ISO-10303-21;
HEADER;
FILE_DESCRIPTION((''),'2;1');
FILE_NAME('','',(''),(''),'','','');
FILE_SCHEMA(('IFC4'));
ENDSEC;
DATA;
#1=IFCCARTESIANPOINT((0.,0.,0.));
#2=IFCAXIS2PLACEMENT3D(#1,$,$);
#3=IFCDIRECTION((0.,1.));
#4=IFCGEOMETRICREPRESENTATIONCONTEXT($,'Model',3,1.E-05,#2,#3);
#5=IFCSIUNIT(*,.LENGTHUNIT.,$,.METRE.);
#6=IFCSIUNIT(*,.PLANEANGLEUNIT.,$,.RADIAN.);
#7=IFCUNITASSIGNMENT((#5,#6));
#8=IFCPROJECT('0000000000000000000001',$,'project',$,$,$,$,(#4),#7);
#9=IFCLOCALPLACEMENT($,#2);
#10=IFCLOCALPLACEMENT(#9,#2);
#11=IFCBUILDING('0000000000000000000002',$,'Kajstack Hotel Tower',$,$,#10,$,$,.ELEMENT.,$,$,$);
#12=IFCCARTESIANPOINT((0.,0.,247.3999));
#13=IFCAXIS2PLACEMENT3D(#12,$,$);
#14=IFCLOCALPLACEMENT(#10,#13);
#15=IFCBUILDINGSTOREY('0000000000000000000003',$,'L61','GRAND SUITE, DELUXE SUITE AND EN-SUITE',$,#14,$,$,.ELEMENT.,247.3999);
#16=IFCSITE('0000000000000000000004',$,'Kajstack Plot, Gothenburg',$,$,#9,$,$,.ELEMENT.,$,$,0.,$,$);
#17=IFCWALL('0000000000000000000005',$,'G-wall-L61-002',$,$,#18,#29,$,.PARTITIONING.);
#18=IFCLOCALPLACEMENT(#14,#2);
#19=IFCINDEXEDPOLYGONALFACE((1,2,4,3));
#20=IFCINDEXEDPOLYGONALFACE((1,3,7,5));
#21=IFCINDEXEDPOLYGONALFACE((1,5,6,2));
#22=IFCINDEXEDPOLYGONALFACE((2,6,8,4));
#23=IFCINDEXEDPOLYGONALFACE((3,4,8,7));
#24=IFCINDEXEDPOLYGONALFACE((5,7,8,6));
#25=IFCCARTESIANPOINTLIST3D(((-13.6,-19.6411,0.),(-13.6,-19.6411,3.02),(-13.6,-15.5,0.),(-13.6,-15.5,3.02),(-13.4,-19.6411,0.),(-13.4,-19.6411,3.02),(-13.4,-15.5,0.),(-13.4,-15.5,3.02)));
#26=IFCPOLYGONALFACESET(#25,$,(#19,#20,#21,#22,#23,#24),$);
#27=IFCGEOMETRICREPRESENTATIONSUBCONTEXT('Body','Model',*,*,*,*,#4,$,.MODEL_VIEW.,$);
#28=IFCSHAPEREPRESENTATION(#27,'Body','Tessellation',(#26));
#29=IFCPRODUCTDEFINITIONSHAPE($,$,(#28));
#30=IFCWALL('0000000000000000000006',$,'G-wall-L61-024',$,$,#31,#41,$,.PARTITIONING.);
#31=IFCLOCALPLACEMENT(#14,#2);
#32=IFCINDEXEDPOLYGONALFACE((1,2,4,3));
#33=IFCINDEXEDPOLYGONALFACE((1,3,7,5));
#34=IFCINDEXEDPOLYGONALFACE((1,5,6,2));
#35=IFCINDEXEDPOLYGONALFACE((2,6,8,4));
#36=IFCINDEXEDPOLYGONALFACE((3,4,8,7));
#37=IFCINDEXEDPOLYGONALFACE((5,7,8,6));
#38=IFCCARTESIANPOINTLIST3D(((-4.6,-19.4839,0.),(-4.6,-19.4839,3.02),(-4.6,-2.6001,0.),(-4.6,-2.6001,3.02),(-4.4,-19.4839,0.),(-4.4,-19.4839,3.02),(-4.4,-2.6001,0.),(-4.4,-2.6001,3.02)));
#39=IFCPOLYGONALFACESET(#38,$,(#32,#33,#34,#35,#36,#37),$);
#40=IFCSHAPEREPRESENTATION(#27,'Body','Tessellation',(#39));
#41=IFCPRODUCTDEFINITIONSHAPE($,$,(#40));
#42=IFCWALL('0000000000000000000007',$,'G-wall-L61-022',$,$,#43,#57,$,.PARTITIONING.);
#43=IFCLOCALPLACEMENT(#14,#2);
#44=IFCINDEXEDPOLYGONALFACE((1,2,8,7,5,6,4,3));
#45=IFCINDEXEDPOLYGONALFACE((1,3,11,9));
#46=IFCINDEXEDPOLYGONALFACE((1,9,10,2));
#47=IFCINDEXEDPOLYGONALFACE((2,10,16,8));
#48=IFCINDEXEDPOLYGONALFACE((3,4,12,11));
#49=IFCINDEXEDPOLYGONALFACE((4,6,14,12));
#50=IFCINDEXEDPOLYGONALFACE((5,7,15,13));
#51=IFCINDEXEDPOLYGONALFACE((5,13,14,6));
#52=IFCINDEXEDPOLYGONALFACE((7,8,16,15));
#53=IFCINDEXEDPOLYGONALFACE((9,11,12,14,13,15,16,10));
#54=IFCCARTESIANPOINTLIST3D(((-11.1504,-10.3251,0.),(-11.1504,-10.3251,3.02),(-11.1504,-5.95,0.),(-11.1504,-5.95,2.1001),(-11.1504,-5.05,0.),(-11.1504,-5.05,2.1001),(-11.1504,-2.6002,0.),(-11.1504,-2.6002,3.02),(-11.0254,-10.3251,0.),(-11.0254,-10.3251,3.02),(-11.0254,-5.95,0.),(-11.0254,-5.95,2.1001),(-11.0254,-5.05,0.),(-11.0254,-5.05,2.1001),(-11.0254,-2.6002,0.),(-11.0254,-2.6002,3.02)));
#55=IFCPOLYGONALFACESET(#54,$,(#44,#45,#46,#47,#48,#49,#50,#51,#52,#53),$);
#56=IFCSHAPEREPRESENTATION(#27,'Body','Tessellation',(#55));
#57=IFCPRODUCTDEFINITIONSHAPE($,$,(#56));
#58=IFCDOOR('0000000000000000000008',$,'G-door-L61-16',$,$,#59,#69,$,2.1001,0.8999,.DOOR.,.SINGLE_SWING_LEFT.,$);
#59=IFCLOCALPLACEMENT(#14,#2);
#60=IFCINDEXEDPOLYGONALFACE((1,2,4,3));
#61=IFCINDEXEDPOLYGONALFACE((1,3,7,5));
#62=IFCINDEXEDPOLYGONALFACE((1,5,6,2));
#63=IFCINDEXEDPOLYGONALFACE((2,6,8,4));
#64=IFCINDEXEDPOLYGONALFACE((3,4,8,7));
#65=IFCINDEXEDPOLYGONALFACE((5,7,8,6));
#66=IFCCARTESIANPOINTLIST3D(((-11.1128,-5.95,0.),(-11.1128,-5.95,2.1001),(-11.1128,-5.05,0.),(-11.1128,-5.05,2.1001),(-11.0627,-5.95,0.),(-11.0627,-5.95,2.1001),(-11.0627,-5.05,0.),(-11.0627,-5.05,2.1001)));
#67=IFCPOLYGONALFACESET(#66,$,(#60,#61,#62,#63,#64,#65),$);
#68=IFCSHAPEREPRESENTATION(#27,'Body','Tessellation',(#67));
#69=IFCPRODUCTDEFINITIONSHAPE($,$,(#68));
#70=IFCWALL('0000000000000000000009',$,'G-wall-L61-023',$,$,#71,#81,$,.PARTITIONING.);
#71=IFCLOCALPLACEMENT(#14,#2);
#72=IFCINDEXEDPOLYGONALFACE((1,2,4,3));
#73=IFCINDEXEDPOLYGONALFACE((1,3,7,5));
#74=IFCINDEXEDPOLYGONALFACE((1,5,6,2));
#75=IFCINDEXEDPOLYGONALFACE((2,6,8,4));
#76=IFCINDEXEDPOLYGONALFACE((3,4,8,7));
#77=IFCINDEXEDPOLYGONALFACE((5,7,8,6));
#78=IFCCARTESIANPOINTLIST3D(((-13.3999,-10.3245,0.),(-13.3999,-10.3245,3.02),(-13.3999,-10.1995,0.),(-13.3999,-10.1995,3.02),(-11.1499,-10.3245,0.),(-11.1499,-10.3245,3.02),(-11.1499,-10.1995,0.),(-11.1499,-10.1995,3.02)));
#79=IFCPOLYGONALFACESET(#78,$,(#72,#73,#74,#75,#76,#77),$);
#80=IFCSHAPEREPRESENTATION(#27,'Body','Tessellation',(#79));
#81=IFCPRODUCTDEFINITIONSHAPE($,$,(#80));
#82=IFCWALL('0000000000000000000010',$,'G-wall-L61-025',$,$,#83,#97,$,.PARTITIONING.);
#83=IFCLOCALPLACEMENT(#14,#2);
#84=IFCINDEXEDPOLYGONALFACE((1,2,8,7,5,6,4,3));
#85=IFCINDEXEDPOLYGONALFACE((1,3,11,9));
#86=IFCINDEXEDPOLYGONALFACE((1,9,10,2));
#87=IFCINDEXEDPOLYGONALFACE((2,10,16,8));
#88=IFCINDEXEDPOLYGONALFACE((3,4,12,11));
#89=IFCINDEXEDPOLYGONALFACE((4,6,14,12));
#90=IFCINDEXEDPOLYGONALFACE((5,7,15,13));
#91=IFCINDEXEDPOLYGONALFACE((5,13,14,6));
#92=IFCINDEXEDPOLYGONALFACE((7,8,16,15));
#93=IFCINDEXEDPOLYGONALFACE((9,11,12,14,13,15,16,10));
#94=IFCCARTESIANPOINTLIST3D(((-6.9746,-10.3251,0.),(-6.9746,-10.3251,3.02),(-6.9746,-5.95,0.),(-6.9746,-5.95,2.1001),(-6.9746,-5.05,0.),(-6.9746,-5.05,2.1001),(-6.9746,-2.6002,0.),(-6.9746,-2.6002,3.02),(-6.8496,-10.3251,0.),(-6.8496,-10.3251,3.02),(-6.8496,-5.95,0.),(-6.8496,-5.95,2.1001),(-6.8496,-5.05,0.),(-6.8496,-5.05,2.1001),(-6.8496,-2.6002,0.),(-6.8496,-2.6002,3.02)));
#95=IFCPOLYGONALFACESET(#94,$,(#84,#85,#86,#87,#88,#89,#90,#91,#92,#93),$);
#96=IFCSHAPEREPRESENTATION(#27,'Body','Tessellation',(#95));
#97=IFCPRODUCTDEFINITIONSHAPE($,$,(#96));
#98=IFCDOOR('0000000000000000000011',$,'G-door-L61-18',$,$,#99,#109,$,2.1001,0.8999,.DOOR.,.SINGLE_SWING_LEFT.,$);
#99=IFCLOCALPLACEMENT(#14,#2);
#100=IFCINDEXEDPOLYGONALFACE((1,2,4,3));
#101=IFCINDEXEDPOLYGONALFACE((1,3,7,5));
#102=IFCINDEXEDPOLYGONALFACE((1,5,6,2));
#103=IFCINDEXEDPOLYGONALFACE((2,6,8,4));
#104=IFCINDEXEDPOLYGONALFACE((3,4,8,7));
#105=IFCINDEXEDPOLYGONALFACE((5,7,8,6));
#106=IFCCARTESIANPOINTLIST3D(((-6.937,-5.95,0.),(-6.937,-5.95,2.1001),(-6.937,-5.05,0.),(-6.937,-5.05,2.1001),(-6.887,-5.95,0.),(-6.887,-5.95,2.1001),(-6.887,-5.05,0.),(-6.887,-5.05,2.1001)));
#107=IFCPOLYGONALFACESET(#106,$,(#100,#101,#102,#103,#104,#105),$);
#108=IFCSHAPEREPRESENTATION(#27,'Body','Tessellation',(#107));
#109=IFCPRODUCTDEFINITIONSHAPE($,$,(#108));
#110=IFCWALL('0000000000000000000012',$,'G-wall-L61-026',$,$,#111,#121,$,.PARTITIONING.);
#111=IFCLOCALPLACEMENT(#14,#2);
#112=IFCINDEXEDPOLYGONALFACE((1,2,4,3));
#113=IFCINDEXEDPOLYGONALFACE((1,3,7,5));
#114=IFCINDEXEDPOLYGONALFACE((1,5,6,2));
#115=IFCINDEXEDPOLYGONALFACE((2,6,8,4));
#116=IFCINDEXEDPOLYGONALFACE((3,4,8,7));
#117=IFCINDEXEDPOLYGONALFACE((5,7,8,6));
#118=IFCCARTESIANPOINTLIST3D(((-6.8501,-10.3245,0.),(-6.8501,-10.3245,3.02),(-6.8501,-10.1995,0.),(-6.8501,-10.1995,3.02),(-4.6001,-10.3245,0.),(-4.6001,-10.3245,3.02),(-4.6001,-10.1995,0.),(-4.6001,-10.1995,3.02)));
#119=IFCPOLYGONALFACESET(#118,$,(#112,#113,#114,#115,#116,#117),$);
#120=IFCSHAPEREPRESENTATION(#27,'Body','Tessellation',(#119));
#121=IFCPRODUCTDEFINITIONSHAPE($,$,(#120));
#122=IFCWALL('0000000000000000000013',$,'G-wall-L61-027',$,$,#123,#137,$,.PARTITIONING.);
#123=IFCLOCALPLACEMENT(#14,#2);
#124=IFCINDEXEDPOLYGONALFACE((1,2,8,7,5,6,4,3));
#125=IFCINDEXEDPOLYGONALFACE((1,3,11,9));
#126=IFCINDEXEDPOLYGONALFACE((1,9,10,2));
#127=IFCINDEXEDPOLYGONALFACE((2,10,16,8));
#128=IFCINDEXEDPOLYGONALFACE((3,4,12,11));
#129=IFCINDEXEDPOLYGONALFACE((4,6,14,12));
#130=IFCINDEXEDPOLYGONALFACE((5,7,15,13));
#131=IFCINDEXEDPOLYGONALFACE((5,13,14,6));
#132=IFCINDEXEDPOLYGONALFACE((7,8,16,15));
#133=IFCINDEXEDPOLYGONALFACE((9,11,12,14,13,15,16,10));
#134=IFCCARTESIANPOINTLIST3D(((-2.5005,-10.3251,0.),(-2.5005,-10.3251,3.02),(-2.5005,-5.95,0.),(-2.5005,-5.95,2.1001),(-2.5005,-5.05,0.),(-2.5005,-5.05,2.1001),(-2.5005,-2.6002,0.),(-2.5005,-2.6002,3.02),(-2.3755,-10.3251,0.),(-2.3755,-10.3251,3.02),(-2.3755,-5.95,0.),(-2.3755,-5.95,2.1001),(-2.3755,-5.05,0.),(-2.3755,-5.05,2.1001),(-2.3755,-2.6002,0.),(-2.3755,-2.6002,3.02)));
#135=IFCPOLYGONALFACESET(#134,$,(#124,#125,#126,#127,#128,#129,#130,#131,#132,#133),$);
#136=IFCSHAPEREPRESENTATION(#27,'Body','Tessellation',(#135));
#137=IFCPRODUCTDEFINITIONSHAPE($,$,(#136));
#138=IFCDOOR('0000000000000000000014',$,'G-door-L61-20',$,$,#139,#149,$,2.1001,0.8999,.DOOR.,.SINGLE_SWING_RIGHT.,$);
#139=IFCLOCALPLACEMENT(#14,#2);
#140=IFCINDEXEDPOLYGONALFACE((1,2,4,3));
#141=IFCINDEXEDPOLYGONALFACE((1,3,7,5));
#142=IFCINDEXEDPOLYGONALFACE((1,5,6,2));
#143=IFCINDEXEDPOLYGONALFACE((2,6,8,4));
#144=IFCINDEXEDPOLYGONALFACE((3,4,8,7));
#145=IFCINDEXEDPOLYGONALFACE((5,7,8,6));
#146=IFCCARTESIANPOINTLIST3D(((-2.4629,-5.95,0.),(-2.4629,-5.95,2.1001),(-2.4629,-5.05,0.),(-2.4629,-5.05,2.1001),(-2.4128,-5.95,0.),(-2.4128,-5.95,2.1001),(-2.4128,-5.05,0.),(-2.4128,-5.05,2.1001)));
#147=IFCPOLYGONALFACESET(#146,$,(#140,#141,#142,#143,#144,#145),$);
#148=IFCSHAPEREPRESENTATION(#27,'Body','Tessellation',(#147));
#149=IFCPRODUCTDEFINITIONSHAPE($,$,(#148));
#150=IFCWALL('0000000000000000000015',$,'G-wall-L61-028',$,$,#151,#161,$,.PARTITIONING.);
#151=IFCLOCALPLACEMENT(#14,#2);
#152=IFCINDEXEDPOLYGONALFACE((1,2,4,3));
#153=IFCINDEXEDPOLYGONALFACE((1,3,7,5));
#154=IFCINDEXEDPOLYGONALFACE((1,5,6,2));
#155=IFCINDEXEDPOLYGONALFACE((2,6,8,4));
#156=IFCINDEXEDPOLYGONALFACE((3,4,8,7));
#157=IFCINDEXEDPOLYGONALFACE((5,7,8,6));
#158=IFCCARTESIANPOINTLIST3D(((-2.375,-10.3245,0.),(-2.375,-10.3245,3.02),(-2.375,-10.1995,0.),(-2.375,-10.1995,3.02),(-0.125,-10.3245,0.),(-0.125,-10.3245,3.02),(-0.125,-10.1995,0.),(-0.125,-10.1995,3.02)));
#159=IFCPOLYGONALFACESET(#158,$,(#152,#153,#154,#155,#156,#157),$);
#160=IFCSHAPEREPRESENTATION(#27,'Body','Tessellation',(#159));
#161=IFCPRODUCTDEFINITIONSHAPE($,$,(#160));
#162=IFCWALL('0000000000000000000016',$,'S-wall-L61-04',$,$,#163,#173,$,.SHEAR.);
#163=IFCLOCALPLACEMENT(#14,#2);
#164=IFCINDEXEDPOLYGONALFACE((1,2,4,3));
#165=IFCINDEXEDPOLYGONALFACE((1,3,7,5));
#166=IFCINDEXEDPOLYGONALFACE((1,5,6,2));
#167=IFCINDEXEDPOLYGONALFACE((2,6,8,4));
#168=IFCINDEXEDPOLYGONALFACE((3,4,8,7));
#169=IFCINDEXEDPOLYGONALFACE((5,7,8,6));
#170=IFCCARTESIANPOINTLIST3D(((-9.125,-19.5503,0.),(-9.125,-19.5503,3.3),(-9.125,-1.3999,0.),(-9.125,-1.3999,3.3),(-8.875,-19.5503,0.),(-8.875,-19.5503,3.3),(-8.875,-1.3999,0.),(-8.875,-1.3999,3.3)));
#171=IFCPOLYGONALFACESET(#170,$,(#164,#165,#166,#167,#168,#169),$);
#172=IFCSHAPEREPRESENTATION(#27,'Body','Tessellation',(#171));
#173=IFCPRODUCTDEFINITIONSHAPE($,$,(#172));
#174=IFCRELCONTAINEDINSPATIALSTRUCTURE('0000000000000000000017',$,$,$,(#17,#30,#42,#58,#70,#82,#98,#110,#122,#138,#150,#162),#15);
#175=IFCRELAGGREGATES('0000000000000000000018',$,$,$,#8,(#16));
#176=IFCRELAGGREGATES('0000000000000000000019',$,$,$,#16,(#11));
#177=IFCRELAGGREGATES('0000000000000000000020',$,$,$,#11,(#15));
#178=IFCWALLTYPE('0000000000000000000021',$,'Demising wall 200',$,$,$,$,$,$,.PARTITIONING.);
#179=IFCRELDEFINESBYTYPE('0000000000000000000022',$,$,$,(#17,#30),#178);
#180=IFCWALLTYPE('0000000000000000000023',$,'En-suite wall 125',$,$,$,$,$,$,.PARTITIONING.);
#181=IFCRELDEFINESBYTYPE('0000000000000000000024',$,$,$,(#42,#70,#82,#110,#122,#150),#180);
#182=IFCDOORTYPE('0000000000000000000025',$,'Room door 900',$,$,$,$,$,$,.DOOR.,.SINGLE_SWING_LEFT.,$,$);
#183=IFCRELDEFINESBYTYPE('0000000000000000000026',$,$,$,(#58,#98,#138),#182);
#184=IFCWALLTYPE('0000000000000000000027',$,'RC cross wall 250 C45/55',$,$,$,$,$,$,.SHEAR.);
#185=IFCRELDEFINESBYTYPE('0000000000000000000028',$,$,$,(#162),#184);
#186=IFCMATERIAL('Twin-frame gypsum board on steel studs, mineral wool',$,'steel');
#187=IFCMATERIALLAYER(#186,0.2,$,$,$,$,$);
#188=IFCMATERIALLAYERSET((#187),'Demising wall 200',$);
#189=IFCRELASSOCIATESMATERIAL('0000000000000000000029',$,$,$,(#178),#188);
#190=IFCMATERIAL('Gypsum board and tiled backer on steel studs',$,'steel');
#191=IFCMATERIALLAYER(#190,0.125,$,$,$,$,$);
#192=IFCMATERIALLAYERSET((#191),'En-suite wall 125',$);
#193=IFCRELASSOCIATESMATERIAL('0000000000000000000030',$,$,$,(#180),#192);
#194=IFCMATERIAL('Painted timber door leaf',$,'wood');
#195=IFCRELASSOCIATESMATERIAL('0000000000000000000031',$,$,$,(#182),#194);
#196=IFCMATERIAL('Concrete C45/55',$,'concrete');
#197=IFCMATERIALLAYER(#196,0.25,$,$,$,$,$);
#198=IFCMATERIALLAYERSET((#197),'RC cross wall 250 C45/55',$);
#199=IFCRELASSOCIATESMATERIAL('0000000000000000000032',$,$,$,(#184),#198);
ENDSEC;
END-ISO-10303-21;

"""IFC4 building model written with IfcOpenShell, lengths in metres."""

from ifc_helpers import new_model, si_unit, direction, frame, frame_2d, origin, place, context, subcontext, project, spatial, rectangle, extrude, material, layer, layer_set, type_object, element, fill, save


model = new_model("IFC4")

# Units and contexts
model_context = context("Model", 3, precision=1e-05, world=origin(), true_north=direction((0.0, 1.0)))
body_context = subcontext(model_context, "Body", "Model", "MODEL_VIEW")
ifc_project = project(units=[si_unit("LENGTHUNIT", "METRE"), si_unit("PLANEANGLEUNIT", "RADIAN")], contexts=[model_context])

# Site, building, storey
site_placement = place(None, origin())
site = spatial("IfcSite", under=ifc_project, at=site_placement, Name="Kajstack Plot, Gothenburg", CompositionType="ELEMENT", RefElevation=0.0)
building_placement = place(site_placement, origin())
building = spatial("IfcBuilding", under=site, at=building_placement, Name="Kajstack Hotel Tower", CompositionType="ELEMENT")
storey_placement = place(building_placement, frame((0.0, 0.0, 247.3999)))
storey = spatial("IfcBuildingStorey", under=building, at=storey_placement, Name="L61", Description="GRAND SUITE, DELUXE SUITE AND EN-SUITE", CompositionType="ELEMENT", Elevation=247.3999)

# Walls
ifc_material_1 = material(Name="Twin-frame gypsum board on steel studs, mineral wool", Category="steel")
ifc_layer_1 = layer(ifc_material_1, 0.2)
ifc_layer_set_1 = layer_set([ifc_layer_1], Name="Demising wall 200")
wall_type_1 = type_object("IfcWallType", Name="Demising wall 200", PredefinedType="PARTITIONING", material=ifc_layer_set_1)
wall_1_placement = place(storey_placement, frame((-13.5, -19.6411, 0.0), z_axis=(0.0, 0.0, 1.0), x_axis=(0.0, 1.0, 0.0)))
element("IfcWall", 1, at=wall_1_placement, inside=storey, type_object=wall_type_1, Name="G-wall-L61-002", PredefinedType="PARTITIONING", context=body_context, shape_type="SweptSolid", body=[
    extrude(rectangle(XDim=4.1411, YDim=0.2, at=frame_2d((2.0706, 0.0))), origin(), (0.0, 0.0, 1.0), 3.02),
])
wall_2_placement = place(storey_placement, frame((-4.5, -19.4839, 0.0), z_axis=(0.0, 0.0, 1.0), x_axis=(0.0, 1.0, 0.0)))
element("IfcWall", 2, at=wall_2_placement, inside=storey, type_object=wall_type_1, Name="G-wall-L61-024", PredefinedType="PARTITIONING", context=body_context, shape_type="SweptSolid", body=[
    extrude(rectangle(XDim=16.8838, YDim=0.2, at=frame_2d((8.4419, 0.0))), origin(), (0.0, 0.0, 1.0), 3.02),
])

# Wall, opening, door
ifc_material_2 = material(Name="Gypsum board and tiled backer on steel studs", Category="steel")
ifc_layer_2 = layer(ifc_material_2, 0.125)
ifc_layer_set_2 = layer_set([ifc_layer_2], Name="En-suite wall 125")
wall_type_2 = type_object("IfcWallType", Name="En-suite wall 125", PredefinedType="PARTITIONING", material=ifc_layer_set_2)
wall_3_placement = place(storey_placement, frame((-11.0879, -10.325, 0.0), z_axis=(0.0, 0.0, 1.0), x_axis=(0.0, 1.0, 0.0)))
wall_3 = element("IfcWall", 3, at=wall_3_placement, inside=storey, type_object=wall_type_2, Name="G-wall-L61-022", PredefinedType="PARTITIONING", context=body_context, shape_type="SweptSolid", body=[
    extrude(rectangle(XDim=7.7249, YDim=0.125, at=frame_2d((3.8623, 0.0))), origin(), (0.0, 0.0, 1.0), 3.02),
])
opening_1_placement = place(wall_3_placement, frame((4.375, 0.0, 0.0)))
opening_1 = element("IfcOpeningElement", 4, at=opening_1_placement, cuts=wall_3, PredefinedType="OPENING", context=body_context, shape_type="SweptSolid", body=[
    extrude(rectangle(XDim=0.8999, YDim=2.1001, at=frame_2d((0.45, 1.05))), frame((0.0, 0.0725, 0.0), z_axis=(0.0, -1.0, 0.0), x_axis=(1.0, 0.0, 0.0)), (0.0, 0.0, 1.0), 0.145),
])
ifc_material_3 = material(Name="Painted timber door leaf", Category="wood")
door_type = type_object("IfcDoorType", Name="Room door 900", OperationType="SINGLE_SWING_LEFT", PredefinedType="DOOR", material=ifc_material_3)
door_1_placement = place(opening_1_placement, origin())
door_1 = element("IfcDoor", 5, at=door_1_placement, inside=storey, type_object=door_type, Name="G-door-L61-16", OperationType="SINGLE_SWING_LEFT", OverallHeight=2.1001, OverallWidth=0.8999, PredefinedType="DOOR", context=body_context, shape_type="SweptSolid", body=[
    extrude(rectangle(XDim=0.8999, YDim=2.1001, at=frame_2d((0.45, 1.05))), frame((0.0, 0.0249, 0.0), z_axis=(0.0, -1.0, 0.0), x_axis=(1.0, 0.0, 0.0)), (0.0, 0.0, 1.0), 0.05),
])
fill(opening_1, door_1)

# Wall
wall_4_placement = place(storey_placement, frame((-13.3999, -10.262, 0.0), z_axis=(0.0, 0.0, 1.0), x_axis=(1.0, 0.0, 0.0)))
element("IfcWall", 6, at=wall_4_placement, inside=storey, type_object=wall_type_2, Name="G-wall-L61-023", PredefinedType="PARTITIONING", context=body_context, shape_type="SweptSolid", body=[
    extrude(rectangle(XDim=2.25, YDim=0.125, at=frame_2d((1.125, 0.0))), origin(), (0.0, 0.0, 1.0), 3.02),
])

# Wall, opening, door
wall_5_placement = place(storey_placement, frame((-6.9121, -10.325, 0.0), z_axis=(0.0, 0.0, 1.0), x_axis=(0.0, 1.0, 0.0)))
wall_5 = element("IfcWall", 7, at=wall_5_placement, inside=storey, type_object=wall_type_2, Name="G-wall-L61-025", PredefinedType="PARTITIONING", context=body_context, shape_type="SweptSolid", body=[
    extrude(rectangle(XDim=7.7249, YDim=0.125, at=frame_2d((3.8623, 0.0))), origin(), (0.0, 0.0, 1.0), 3.02),
])
opening_2_placement = place(wall_5_placement, frame((4.375, 0.0, 0.0)))
opening_2 = element("IfcOpeningElement", 8, at=opening_2_placement, cuts=wall_5, PredefinedType="OPENING", context=body_context, shape_type="SweptSolid", body=[
    extrude(rectangle(XDim=0.8999, YDim=2.1001, at=frame_2d((0.45, 1.05))), frame((0.0, 0.0725, 0.0), z_axis=(0.0, -1.0, 0.0), x_axis=(1.0, 0.0, 0.0)), (0.0, 0.0, 1.0), 0.145),
])
door_2_placement = place(opening_2_placement, origin())
door_2 = element("IfcDoor", 9, at=door_2_placement, inside=storey, type_object=door_type, Name="G-door-L61-18", OperationType="SINGLE_SWING_LEFT", OverallHeight=2.1001, OverallWidth=0.8999, PredefinedType="DOOR", context=body_context, shape_type="SweptSolid", body=[
    extrude(rectangle(XDim=0.8999, YDim=2.1001, at=frame_2d((0.45, 1.05))), frame((0.0, 0.0249, 0.0), z_axis=(0.0, -1.0, 0.0), x_axis=(1.0, 0.0, 0.0)), (0.0, 0.0, 1.0), 0.05),
])
fill(opening_2, door_2)

# Wall
wall_6_placement = place(storey_placement, frame((-6.8501, -10.262, 0.0), z_axis=(0.0, 0.0, 1.0), x_axis=(1.0, 0.0, 0.0)))
element("IfcWall", 10, at=wall_6_placement, inside=storey, type_object=wall_type_2, Name="G-wall-L61-026", PredefinedType="PARTITIONING", context=body_context, shape_type="SweptSolid", body=[
    extrude(rectangle(XDim=2.25, YDim=0.125, at=frame_2d((1.125, 0.0))), origin(), (0.0, 0.0, 1.0), 3.02),
])

# Wall, opening, door
wall_7_placement = place(storey_placement, frame((-2.438, -10.325, 0.0), z_axis=(0.0, 0.0, 1.0), x_axis=(0.0, 1.0, 0.0)))
wall_7 = element("IfcWall", 11, at=wall_7_placement, inside=storey, type_object=wall_type_2, Name="G-wall-L61-027", PredefinedType="PARTITIONING", context=body_context, shape_type="SweptSolid", body=[
    extrude(rectangle(XDim=7.7249, YDim=0.125, at=frame_2d((3.8623, 0.0))), origin(), (0.0, 0.0, 1.0), 3.02),
])
opening_3_placement = place(wall_7_placement, frame((4.375, 0.0, 0.0)))
opening_3 = element("IfcOpeningElement", 12, at=opening_3_placement, cuts=wall_7, PredefinedType="OPENING", context=body_context, shape_type="SweptSolid", body=[
    extrude(rectangle(XDim=0.8999, YDim=2.1001, at=frame_2d((0.45, 1.05))), frame((0.0, 0.0725, 0.0), z_axis=(0.0, -1.0, 0.0), x_axis=(1.0, 0.0, 0.0)), (0.0, 0.0, 1.0), 0.145),
])
door_3_placement = place(opening_3_placement, origin())
door_3 = element("IfcDoor", 13, at=door_3_placement, inside=storey, type_object=door_type, Name="G-door-L61-20", OperationType="SINGLE_SWING_RIGHT", OverallHeight=2.1001, OverallWidth=0.8999, PredefinedType="DOOR", context=body_context, shape_type="SweptSolid", body=[
    extrude(rectangle(XDim=0.8999, YDim=2.1001, at=frame_2d((0.45, 1.05))), frame((0.0, 0.0249, 0.0), z_axis=(0.0, -1.0, 0.0), x_axis=(1.0, 0.0, 0.0)), (0.0, 0.0, 1.0), 0.05),
])
fill(opening_3, door_3)

# Walls
wall_8_placement = place(storey_placement, frame((-2.375, -10.262, 0.0), z_axis=(0.0, 0.0, 1.0), x_axis=(1.0, 0.0, 0.0)))
element("IfcWall", 14, at=wall_8_placement, inside=storey, type_object=wall_type_2, Name="G-wall-L61-028", PredefinedType="PARTITIONING", context=body_context, shape_type="SweptSolid", body=[
    extrude(rectangle(XDim=2.25, YDim=0.125, at=frame_2d((1.125, 0.0))), origin(), (0.0, 0.0, 1.0), 3.02),
])
ifc_material_4 = material(Name="Concrete C45/55", Category="concrete")
ifc_layer_3 = layer(ifc_material_4, 0.25)
ifc_layer_set_3 = layer_set([ifc_layer_3], Name="RC cross wall 250 C45/55")
wall_type_3 = type_object("IfcWallType", Name="RC cross wall 250 C45/55", PredefinedType="SHEAR", material=ifc_layer_set_3)
wall_9_placement = place(storey_placement, frame((-9.0, -19.5503, 0.0), z_axis=(0.0, 0.0, 1.0), x_axis=(0.0, 1.0, 0.0)))
element("IfcWall", 15, at=wall_9_placement, inside=storey, type_object=wall_type_3, Name="S-wall-L61-04", PredefinedType="SHEAR", context=body_context, shape_type="SweptSolid", body=[
    extrude(rectangle(XDim=18.1504, YDim=0.25, at=frame_2d((9.0752, 0.0))), origin(), (0.0, 0.0, 1.0), 3.3),
])

save(model, "model.ifc")
